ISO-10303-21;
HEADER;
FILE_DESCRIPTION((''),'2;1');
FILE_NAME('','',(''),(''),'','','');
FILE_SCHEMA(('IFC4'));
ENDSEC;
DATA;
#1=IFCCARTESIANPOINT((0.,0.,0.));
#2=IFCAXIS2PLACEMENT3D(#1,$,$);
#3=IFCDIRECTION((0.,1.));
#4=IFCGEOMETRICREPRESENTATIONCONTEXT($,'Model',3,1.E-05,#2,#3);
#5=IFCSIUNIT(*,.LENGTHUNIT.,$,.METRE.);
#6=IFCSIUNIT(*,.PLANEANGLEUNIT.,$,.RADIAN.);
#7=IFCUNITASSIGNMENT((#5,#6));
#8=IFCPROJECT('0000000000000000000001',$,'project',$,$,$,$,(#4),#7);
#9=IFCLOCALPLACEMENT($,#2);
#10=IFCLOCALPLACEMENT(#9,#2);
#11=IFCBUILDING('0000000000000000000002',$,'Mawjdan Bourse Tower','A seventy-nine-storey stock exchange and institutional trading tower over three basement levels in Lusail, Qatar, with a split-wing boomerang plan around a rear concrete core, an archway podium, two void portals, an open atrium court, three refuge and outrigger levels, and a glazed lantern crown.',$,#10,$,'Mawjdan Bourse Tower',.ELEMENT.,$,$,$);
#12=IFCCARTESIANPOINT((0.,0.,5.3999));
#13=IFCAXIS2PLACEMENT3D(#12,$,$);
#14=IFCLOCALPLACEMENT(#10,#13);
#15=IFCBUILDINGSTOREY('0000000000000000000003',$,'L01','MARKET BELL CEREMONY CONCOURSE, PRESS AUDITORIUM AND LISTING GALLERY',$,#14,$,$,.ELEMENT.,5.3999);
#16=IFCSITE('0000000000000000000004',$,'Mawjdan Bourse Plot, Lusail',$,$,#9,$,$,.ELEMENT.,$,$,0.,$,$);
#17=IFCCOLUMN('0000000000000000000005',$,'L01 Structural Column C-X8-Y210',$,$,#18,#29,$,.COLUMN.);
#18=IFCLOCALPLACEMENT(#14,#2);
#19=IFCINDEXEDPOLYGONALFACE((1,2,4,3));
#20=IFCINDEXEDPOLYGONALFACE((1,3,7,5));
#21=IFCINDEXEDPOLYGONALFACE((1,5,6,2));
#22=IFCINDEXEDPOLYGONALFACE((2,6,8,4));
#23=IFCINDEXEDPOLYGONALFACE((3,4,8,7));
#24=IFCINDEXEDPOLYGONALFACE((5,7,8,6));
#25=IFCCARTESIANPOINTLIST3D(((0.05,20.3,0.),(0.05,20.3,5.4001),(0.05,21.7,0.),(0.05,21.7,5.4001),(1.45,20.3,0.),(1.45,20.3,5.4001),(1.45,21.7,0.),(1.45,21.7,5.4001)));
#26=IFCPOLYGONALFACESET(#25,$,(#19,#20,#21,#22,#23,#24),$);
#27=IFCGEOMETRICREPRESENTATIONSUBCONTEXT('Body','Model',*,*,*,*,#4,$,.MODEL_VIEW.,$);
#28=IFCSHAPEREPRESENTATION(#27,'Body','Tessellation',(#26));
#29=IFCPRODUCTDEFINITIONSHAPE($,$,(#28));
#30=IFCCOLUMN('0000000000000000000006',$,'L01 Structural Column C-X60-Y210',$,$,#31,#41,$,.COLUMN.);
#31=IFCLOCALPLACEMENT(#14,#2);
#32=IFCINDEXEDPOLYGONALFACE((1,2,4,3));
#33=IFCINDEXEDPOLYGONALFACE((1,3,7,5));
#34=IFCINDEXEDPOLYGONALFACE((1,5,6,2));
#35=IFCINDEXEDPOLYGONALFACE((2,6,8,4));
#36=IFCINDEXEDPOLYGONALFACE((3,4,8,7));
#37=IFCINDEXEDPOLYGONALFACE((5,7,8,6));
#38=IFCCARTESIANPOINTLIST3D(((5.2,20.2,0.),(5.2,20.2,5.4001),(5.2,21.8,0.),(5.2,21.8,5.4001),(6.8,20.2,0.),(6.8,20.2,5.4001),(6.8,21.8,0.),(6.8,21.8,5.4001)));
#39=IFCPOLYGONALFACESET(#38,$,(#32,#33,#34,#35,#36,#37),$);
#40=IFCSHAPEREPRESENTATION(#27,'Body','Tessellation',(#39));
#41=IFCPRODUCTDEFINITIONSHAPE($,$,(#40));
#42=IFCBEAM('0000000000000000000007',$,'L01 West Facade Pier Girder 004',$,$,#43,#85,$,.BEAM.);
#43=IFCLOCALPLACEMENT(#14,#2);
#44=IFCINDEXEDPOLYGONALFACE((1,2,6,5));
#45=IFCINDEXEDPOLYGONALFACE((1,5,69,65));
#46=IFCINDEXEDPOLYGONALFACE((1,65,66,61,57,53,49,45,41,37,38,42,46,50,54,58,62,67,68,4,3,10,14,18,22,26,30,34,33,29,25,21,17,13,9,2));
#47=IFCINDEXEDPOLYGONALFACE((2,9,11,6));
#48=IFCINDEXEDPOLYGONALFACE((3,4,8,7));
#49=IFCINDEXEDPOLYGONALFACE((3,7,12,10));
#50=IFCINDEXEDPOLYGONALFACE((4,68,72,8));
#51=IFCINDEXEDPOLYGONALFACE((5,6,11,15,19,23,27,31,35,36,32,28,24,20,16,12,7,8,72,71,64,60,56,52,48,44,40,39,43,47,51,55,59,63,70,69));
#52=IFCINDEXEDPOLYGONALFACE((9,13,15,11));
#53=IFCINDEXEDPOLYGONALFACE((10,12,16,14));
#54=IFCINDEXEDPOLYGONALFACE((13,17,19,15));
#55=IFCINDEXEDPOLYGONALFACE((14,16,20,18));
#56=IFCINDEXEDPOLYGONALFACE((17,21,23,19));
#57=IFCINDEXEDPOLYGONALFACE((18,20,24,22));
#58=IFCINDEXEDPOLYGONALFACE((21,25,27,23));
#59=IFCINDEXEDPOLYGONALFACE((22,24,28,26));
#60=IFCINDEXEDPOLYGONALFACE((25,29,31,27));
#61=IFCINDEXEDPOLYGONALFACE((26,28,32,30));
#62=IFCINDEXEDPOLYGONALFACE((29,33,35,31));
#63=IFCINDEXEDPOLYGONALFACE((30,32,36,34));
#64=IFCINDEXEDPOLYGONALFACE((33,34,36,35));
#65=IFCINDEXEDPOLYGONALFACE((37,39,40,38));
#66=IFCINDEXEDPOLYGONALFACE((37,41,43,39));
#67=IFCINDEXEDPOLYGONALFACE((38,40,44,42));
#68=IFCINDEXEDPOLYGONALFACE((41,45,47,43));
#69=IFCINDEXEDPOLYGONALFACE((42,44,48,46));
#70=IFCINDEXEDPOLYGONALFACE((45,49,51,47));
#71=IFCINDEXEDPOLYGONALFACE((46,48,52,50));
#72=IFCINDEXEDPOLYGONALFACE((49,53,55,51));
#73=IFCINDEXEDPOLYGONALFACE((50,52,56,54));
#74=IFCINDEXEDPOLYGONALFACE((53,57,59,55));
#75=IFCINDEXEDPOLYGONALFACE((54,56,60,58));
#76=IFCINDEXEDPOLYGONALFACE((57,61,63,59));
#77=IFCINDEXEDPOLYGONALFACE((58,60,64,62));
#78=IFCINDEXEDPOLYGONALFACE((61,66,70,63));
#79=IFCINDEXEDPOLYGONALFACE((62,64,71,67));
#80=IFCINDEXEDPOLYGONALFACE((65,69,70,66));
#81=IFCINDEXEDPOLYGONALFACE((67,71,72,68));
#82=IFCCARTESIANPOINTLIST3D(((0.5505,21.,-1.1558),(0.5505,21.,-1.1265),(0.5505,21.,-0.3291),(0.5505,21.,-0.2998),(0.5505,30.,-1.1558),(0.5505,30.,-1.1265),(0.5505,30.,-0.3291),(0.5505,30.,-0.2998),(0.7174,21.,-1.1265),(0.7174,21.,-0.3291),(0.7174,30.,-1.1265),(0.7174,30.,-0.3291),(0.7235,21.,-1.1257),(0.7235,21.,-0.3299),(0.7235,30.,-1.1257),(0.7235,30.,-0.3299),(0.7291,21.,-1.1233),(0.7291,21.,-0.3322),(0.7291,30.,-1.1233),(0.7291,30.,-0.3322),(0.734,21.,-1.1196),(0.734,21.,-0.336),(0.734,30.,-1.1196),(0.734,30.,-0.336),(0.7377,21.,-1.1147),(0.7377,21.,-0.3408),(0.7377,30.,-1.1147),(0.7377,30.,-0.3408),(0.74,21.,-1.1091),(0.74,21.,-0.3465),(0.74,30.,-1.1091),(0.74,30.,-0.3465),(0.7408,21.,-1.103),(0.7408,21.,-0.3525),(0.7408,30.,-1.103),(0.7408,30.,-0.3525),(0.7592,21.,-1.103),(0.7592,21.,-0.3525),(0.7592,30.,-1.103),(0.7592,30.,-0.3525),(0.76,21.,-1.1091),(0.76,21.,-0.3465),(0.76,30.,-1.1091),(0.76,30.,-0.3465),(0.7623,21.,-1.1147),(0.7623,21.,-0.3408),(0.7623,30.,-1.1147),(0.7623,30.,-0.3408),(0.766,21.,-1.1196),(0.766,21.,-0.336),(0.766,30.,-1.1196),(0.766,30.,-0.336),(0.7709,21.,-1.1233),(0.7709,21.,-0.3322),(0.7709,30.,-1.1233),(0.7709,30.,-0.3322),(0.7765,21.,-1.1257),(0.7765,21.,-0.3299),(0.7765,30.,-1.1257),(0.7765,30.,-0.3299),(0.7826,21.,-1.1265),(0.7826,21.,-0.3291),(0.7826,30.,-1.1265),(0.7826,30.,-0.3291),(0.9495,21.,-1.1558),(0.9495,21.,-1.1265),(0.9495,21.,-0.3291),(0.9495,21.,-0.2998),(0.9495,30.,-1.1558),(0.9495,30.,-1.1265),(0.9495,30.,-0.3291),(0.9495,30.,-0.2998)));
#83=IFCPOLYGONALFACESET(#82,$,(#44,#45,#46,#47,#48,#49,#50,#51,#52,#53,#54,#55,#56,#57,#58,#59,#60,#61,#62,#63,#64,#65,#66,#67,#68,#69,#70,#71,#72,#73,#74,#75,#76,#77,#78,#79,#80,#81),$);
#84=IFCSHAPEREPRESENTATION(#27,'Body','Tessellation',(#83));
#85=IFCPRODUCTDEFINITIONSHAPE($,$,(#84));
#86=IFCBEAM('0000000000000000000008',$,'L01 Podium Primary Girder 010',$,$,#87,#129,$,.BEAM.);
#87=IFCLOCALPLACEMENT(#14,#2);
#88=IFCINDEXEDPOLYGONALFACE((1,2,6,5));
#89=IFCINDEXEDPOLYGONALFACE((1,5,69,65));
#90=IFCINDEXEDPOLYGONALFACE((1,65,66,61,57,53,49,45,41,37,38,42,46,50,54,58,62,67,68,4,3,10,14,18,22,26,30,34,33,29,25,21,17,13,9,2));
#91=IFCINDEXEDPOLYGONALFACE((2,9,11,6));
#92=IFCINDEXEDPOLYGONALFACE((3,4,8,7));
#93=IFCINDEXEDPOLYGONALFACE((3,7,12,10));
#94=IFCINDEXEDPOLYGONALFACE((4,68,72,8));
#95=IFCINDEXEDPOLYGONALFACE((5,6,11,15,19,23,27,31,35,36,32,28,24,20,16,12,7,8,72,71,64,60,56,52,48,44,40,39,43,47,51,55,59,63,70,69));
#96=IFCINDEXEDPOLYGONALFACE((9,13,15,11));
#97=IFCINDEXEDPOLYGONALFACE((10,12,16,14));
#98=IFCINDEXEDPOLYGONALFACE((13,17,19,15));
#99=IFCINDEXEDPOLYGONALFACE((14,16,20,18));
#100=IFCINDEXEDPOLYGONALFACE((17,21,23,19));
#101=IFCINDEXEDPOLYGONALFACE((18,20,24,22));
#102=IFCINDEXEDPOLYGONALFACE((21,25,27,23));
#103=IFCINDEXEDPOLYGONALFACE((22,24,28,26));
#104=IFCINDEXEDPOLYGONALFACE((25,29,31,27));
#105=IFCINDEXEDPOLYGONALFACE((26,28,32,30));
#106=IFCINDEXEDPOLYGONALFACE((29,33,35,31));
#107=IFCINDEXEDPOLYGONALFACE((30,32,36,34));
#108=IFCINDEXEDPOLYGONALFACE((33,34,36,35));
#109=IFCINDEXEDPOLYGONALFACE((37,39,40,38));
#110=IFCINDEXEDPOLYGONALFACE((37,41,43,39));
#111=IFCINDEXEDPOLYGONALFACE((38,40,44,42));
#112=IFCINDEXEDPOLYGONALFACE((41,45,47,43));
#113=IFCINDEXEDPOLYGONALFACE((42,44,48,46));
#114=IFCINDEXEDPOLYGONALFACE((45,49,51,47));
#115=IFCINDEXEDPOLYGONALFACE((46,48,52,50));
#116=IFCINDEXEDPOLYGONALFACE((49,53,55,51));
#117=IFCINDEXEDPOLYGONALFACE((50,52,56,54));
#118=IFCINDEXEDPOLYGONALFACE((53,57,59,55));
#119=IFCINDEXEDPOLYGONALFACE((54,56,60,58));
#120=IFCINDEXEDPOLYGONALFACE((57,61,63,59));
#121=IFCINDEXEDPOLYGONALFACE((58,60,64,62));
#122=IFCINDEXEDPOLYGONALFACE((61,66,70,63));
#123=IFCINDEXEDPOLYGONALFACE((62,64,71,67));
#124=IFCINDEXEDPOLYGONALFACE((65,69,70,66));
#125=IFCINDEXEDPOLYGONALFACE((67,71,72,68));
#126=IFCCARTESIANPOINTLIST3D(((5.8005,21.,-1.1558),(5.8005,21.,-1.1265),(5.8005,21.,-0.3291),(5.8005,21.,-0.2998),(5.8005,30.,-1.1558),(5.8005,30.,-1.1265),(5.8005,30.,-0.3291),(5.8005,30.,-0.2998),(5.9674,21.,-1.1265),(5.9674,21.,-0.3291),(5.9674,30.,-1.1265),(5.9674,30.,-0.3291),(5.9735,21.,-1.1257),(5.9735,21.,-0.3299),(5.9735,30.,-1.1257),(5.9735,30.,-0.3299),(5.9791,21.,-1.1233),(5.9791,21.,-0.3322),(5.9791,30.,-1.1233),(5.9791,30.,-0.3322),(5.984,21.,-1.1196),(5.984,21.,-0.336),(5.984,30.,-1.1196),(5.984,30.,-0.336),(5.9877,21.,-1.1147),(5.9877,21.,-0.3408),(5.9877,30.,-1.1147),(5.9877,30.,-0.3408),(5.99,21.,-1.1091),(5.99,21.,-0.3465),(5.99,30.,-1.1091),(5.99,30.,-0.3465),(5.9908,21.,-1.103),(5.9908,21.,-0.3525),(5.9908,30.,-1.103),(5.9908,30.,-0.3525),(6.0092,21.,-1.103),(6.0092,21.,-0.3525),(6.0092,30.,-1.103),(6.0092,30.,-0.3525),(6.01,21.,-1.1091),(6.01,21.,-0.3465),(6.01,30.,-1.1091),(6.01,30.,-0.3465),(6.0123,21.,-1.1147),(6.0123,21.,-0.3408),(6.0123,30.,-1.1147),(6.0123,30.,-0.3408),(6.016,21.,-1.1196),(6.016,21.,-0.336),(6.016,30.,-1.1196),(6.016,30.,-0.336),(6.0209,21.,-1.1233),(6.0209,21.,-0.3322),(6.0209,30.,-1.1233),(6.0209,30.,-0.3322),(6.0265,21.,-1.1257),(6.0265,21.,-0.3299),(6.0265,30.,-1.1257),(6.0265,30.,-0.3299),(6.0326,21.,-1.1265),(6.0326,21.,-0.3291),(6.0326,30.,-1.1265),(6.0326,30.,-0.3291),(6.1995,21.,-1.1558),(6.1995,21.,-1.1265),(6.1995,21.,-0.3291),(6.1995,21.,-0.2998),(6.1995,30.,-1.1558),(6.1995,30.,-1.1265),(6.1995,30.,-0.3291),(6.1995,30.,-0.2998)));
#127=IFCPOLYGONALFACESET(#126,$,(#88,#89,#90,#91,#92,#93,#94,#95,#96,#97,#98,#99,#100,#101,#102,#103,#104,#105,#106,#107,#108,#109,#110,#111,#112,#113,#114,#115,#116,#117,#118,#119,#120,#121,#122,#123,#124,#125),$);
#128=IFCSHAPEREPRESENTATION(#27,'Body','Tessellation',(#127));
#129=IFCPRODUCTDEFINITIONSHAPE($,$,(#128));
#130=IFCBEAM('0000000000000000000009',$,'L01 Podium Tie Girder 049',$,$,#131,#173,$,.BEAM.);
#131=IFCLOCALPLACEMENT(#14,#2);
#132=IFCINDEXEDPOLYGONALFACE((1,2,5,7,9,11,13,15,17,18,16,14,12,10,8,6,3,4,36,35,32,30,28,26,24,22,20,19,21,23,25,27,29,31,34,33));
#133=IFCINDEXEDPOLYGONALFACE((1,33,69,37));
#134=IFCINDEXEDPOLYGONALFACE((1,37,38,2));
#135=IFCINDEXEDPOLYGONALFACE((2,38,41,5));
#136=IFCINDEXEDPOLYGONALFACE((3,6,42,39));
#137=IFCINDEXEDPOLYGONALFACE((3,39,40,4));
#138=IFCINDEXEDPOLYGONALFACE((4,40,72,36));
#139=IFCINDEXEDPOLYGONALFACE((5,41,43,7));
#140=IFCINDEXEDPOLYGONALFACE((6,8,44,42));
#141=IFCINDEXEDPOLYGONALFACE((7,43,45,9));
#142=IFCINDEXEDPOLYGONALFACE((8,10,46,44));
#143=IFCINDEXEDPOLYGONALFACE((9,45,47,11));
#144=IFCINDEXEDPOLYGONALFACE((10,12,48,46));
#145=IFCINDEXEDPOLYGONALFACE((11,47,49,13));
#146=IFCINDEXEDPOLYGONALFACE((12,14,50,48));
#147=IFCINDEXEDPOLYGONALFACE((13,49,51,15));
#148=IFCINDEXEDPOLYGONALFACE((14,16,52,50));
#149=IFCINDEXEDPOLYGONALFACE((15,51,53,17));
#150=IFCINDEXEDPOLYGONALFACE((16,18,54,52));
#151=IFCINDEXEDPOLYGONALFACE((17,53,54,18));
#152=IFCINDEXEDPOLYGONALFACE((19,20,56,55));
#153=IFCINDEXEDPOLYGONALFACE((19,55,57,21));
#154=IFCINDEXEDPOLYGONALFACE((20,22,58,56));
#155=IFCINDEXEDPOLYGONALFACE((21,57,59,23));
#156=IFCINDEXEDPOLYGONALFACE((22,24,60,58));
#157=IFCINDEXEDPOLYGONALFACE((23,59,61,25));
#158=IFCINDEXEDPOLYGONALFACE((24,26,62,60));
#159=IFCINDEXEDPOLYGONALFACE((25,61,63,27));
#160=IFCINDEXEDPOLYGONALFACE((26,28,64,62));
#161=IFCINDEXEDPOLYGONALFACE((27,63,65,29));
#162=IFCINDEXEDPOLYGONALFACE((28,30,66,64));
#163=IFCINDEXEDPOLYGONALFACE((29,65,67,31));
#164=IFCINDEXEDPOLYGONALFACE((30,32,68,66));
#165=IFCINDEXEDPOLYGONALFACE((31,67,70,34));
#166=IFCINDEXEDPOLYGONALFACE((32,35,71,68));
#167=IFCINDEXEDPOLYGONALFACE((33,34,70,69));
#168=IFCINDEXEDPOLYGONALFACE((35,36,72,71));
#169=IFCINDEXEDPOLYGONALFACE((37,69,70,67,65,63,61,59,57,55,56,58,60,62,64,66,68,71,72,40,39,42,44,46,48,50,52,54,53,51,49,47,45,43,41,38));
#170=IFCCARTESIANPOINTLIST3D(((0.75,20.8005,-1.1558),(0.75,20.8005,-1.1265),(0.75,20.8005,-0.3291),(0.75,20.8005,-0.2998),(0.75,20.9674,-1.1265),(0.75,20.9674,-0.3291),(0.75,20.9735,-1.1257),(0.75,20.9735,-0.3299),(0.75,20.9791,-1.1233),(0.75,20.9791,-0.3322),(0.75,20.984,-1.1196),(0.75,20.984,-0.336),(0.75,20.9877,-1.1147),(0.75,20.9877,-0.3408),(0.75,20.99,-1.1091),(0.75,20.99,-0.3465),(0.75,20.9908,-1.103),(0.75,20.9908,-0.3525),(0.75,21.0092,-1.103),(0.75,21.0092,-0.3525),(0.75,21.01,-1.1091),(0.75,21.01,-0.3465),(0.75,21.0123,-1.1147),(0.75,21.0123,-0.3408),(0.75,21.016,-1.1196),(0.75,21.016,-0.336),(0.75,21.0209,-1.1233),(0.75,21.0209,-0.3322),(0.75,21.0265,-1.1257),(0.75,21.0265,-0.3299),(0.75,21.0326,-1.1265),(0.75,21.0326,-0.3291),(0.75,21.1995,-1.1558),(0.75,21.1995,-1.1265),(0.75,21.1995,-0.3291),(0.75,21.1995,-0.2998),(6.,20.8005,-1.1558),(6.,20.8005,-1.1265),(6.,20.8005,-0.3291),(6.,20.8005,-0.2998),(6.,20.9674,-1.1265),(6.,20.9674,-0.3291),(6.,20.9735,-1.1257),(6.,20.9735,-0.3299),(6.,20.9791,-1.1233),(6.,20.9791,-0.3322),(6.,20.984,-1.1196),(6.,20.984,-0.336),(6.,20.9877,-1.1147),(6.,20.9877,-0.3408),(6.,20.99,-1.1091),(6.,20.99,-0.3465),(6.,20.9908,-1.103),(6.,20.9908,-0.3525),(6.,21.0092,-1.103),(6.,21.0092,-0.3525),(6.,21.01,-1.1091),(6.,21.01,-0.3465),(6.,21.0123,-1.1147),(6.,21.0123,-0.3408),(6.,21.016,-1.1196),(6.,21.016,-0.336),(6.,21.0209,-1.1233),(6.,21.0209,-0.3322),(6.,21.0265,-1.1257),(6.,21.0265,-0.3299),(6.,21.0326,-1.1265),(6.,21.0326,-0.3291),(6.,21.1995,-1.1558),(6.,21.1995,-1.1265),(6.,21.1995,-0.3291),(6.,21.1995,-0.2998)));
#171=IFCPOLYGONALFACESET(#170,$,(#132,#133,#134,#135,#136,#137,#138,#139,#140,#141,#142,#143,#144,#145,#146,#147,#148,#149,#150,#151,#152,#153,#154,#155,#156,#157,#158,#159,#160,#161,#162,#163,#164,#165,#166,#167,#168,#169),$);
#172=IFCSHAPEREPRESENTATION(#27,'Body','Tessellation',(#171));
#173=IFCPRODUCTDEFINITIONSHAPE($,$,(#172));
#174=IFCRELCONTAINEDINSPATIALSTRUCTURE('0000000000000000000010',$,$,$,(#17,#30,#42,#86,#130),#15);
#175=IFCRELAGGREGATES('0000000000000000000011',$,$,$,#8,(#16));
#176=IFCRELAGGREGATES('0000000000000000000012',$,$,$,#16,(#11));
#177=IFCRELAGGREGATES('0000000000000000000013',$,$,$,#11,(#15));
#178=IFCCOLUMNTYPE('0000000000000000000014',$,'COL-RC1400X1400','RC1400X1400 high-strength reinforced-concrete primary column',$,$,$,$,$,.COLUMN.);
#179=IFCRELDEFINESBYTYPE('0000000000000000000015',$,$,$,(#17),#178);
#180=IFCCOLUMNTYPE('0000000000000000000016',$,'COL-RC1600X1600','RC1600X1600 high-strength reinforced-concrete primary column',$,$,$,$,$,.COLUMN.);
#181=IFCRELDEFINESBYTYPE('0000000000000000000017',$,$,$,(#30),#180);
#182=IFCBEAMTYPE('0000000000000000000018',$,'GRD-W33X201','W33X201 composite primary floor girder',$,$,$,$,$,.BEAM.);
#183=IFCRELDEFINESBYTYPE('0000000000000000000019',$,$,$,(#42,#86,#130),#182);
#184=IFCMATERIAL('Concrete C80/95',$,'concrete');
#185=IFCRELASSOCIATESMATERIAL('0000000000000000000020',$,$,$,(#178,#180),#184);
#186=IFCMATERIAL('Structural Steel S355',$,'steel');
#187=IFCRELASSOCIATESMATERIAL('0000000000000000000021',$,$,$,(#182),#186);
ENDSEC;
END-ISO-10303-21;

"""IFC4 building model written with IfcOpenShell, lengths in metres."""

from ifc_helpers import new_model, si_unit, direction, frame, origin, origin_2d, place, context, subcontext, project, spatial, rectangle, i_section, extrude, material, material_profile, profile_set, type_object, element, save


model = new_model("IFC4")

# Units and contexts
model_context = context("Model", 3, precision=1e-05, world=origin(), true_north=direction((0.0, 1.0)))
body_context = subcontext(model_context, "Body", "Model", "MODEL_VIEW")
ifc_project = project(units=[si_unit("LENGTHUNIT", "METRE"), si_unit("PLANEANGLEUNIT", "RADIAN")], contexts=[model_context])

# Site, building, storey
site_placement = place(None, origin())
site = spatial("IfcSite", under=ifc_project, at=site_placement, Name="Mawjdan Bourse Plot, Lusail", CompositionType="ELEMENT", RefElevation=0.0)
building_placement = place(site_placement, origin())
building = spatial("IfcBuilding", under=site, at=building_placement, Name="Mawjdan Bourse Tower", Description="A seventy-nine-storey stock exchange and institutional trading tower over three basement levels in Lusail, Qatar, with a split-wing boomerang plan around a rear concrete core, an archway podium, two void portals, an open atrium court, three refuge and outrigger levels, and a glazed lantern crown.", LongName="Mawjdan Bourse Tower", CompositionType="ELEMENT")
storey_placement = place(building_placement, frame((0.0, 0.0, 5.3999)))
storey = spatial("IfcBuildingStorey", under=building, at=storey_placement, Name="L01", Description="MARKET BELL CEREMONY CONCOURSE, PRESS AUDITORIUM AND LISTING GALLERY", CompositionType="ELEMENT", Elevation=5.3999)

# Columns
ifc_material_1 = material(Name="Concrete C80/95", Category="concrete")
ifc_material_profile_1 = material_profile(ifc_material_1, rectangle(XDim=1.3999, YDim=1.3999, at=origin_2d()), Name="RC1400X1400")
ifc_profile_set_1 = profile_set([ifc_material_profile_1], Name="Concrete C80/95")
column_type_1 = type_object("IfcColumnType", Name="COL-RC1400X1400", Description="RC1400X1400 high-strength reinforced-concrete primary column", PredefinedType="COLUMN", material=ifc_profile_set_1)
column_1_placement = place(storey_placement, frame((0.75, 21.0, 0.0), z_axis=(0.0, 0.0, 1.0), x_axis=(1.0, 0.0, 0.0)))
element("IfcColumn", 1, at=column_1_placement, inside=storey, type_object=column_type_1, Name="L01 Structural Column C-X8-Y210", PredefinedType="COLUMN", context=body_context, shape_type="SweptSolid", body=[
    extrude(rectangle(XDim=1.3999, YDim=1.3999, at=origin_2d()), origin(), (0.0, 0.0, 1.0), 5.4001),
])
ifc_material_profile_2 = material_profile(ifc_material_1, rectangle(XDim=1.6001, YDim=1.6001, at=origin_2d()), Name="RC1600X1600")
ifc_profile_set_2 = profile_set([ifc_material_profile_2], Name="Concrete C80/95")
column_type_2 = type_object("IfcColumnType", Name="COL-RC1600X1600", Description="RC1600X1600 high-strength reinforced-concrete primary column", PredefinedType="COLUMN", material=ifc_profile_set_2)
column_2_placement = place(storey_placement, frame((6.0, 21.0, 0.0), z_axis=(0.0, 0.0, 1.0), x_axis=(1.0, 0.0, 0.0)))
element("IfcColumn", 2, at=column_2_placement, inside=storey, type_object=column_type_2, Name="L01 Structural Column C-X60-Y210", PredefinedType="COLUMN", context=body_context, shape_type="SweptSolid", body=[
    extrude(rectangle(XDim=1.6001, YDim=1.6001, at=origin_2d()), origin(), (0.0, 0.0, 1.0), 5.4001),
])

# Beams
ifc_material_2 = material(Name="Structural Steel S355", Category="steel")
ifc_material_profile_3 = material_profile(ifc_material_2, i_section(OverallWidth=0.3989, OverallDepth=0.856, WebThickness=0.0183, FlangeThickness=0.0293, FilletRadius=0.0234, at=origin_2d()), Name="W33X201")
ifc_profile_set_3 = profile_set([ifc_material_profile_3], Name="Structural Steel S355")
beam_type_1 = type_object("IfcBeamType", Name="GRD-W33X201", Description="W33X201 composite primary floor girder", PredefinedType="BEAM", material=ifc_profile_set_3)
for number, where, z_axis, x_axis, name in (
    (3, (0.75, 21.0, -0.7278), (0.0, 1.0, 0.0), (-1.0, 0.0, 0.0), "L01 West Facade Pier Girder 004"),
    (4, (6.0, 21.0, -0.7278), (0.0, 1.0, 0.0), (-1.0, 0.0, 0.0), "L01 Podium Primary Girder 010"),
):
    element("IfcBeam", number, at=place(storey_placement, frame(where, z_axis=z_axis, x_axis=x_axis)), inside=storey, type_object=beam_type_1, Name=name, PredefinedType="BEAM", context=body_context, shape_type="SweptSolid", body=[
        extrude(i_section(OverallWidth=0.3989, OverallDepth=0.856, WebThickness=0.0183, FlangeThickness=0.0293, FilletRadius=0.0234, at=origin_2d()), origin(), (0.0, 0.0, 1.0), 9.0),
    ])
beam_placement = place(storey_placement, frame((0.75, 21.0, -0.7278), z_axis=(1.0, 0.0, 0.0), x_axis=(0.0, 1.0, 0.0)))
element("IfcBeam", 5, at=beam_placement, inside=storey, type_object=beam_type_1, Name="L01 Podium Tie Girder 049", PredefinedType="BEAM", context=body_context, shape_type="SweptSolid", body=[
    extrude(i_section(OverallWidth=0.3989, OverallDepth=0.856, WebThickness=0.0183, FlangeThickness=0.0293, FilletRadius=0.0234, at=origin_2d()), origin(), (0.0, 0.0, 1.0), 5.25),
])

save(model, "model.ifc")
